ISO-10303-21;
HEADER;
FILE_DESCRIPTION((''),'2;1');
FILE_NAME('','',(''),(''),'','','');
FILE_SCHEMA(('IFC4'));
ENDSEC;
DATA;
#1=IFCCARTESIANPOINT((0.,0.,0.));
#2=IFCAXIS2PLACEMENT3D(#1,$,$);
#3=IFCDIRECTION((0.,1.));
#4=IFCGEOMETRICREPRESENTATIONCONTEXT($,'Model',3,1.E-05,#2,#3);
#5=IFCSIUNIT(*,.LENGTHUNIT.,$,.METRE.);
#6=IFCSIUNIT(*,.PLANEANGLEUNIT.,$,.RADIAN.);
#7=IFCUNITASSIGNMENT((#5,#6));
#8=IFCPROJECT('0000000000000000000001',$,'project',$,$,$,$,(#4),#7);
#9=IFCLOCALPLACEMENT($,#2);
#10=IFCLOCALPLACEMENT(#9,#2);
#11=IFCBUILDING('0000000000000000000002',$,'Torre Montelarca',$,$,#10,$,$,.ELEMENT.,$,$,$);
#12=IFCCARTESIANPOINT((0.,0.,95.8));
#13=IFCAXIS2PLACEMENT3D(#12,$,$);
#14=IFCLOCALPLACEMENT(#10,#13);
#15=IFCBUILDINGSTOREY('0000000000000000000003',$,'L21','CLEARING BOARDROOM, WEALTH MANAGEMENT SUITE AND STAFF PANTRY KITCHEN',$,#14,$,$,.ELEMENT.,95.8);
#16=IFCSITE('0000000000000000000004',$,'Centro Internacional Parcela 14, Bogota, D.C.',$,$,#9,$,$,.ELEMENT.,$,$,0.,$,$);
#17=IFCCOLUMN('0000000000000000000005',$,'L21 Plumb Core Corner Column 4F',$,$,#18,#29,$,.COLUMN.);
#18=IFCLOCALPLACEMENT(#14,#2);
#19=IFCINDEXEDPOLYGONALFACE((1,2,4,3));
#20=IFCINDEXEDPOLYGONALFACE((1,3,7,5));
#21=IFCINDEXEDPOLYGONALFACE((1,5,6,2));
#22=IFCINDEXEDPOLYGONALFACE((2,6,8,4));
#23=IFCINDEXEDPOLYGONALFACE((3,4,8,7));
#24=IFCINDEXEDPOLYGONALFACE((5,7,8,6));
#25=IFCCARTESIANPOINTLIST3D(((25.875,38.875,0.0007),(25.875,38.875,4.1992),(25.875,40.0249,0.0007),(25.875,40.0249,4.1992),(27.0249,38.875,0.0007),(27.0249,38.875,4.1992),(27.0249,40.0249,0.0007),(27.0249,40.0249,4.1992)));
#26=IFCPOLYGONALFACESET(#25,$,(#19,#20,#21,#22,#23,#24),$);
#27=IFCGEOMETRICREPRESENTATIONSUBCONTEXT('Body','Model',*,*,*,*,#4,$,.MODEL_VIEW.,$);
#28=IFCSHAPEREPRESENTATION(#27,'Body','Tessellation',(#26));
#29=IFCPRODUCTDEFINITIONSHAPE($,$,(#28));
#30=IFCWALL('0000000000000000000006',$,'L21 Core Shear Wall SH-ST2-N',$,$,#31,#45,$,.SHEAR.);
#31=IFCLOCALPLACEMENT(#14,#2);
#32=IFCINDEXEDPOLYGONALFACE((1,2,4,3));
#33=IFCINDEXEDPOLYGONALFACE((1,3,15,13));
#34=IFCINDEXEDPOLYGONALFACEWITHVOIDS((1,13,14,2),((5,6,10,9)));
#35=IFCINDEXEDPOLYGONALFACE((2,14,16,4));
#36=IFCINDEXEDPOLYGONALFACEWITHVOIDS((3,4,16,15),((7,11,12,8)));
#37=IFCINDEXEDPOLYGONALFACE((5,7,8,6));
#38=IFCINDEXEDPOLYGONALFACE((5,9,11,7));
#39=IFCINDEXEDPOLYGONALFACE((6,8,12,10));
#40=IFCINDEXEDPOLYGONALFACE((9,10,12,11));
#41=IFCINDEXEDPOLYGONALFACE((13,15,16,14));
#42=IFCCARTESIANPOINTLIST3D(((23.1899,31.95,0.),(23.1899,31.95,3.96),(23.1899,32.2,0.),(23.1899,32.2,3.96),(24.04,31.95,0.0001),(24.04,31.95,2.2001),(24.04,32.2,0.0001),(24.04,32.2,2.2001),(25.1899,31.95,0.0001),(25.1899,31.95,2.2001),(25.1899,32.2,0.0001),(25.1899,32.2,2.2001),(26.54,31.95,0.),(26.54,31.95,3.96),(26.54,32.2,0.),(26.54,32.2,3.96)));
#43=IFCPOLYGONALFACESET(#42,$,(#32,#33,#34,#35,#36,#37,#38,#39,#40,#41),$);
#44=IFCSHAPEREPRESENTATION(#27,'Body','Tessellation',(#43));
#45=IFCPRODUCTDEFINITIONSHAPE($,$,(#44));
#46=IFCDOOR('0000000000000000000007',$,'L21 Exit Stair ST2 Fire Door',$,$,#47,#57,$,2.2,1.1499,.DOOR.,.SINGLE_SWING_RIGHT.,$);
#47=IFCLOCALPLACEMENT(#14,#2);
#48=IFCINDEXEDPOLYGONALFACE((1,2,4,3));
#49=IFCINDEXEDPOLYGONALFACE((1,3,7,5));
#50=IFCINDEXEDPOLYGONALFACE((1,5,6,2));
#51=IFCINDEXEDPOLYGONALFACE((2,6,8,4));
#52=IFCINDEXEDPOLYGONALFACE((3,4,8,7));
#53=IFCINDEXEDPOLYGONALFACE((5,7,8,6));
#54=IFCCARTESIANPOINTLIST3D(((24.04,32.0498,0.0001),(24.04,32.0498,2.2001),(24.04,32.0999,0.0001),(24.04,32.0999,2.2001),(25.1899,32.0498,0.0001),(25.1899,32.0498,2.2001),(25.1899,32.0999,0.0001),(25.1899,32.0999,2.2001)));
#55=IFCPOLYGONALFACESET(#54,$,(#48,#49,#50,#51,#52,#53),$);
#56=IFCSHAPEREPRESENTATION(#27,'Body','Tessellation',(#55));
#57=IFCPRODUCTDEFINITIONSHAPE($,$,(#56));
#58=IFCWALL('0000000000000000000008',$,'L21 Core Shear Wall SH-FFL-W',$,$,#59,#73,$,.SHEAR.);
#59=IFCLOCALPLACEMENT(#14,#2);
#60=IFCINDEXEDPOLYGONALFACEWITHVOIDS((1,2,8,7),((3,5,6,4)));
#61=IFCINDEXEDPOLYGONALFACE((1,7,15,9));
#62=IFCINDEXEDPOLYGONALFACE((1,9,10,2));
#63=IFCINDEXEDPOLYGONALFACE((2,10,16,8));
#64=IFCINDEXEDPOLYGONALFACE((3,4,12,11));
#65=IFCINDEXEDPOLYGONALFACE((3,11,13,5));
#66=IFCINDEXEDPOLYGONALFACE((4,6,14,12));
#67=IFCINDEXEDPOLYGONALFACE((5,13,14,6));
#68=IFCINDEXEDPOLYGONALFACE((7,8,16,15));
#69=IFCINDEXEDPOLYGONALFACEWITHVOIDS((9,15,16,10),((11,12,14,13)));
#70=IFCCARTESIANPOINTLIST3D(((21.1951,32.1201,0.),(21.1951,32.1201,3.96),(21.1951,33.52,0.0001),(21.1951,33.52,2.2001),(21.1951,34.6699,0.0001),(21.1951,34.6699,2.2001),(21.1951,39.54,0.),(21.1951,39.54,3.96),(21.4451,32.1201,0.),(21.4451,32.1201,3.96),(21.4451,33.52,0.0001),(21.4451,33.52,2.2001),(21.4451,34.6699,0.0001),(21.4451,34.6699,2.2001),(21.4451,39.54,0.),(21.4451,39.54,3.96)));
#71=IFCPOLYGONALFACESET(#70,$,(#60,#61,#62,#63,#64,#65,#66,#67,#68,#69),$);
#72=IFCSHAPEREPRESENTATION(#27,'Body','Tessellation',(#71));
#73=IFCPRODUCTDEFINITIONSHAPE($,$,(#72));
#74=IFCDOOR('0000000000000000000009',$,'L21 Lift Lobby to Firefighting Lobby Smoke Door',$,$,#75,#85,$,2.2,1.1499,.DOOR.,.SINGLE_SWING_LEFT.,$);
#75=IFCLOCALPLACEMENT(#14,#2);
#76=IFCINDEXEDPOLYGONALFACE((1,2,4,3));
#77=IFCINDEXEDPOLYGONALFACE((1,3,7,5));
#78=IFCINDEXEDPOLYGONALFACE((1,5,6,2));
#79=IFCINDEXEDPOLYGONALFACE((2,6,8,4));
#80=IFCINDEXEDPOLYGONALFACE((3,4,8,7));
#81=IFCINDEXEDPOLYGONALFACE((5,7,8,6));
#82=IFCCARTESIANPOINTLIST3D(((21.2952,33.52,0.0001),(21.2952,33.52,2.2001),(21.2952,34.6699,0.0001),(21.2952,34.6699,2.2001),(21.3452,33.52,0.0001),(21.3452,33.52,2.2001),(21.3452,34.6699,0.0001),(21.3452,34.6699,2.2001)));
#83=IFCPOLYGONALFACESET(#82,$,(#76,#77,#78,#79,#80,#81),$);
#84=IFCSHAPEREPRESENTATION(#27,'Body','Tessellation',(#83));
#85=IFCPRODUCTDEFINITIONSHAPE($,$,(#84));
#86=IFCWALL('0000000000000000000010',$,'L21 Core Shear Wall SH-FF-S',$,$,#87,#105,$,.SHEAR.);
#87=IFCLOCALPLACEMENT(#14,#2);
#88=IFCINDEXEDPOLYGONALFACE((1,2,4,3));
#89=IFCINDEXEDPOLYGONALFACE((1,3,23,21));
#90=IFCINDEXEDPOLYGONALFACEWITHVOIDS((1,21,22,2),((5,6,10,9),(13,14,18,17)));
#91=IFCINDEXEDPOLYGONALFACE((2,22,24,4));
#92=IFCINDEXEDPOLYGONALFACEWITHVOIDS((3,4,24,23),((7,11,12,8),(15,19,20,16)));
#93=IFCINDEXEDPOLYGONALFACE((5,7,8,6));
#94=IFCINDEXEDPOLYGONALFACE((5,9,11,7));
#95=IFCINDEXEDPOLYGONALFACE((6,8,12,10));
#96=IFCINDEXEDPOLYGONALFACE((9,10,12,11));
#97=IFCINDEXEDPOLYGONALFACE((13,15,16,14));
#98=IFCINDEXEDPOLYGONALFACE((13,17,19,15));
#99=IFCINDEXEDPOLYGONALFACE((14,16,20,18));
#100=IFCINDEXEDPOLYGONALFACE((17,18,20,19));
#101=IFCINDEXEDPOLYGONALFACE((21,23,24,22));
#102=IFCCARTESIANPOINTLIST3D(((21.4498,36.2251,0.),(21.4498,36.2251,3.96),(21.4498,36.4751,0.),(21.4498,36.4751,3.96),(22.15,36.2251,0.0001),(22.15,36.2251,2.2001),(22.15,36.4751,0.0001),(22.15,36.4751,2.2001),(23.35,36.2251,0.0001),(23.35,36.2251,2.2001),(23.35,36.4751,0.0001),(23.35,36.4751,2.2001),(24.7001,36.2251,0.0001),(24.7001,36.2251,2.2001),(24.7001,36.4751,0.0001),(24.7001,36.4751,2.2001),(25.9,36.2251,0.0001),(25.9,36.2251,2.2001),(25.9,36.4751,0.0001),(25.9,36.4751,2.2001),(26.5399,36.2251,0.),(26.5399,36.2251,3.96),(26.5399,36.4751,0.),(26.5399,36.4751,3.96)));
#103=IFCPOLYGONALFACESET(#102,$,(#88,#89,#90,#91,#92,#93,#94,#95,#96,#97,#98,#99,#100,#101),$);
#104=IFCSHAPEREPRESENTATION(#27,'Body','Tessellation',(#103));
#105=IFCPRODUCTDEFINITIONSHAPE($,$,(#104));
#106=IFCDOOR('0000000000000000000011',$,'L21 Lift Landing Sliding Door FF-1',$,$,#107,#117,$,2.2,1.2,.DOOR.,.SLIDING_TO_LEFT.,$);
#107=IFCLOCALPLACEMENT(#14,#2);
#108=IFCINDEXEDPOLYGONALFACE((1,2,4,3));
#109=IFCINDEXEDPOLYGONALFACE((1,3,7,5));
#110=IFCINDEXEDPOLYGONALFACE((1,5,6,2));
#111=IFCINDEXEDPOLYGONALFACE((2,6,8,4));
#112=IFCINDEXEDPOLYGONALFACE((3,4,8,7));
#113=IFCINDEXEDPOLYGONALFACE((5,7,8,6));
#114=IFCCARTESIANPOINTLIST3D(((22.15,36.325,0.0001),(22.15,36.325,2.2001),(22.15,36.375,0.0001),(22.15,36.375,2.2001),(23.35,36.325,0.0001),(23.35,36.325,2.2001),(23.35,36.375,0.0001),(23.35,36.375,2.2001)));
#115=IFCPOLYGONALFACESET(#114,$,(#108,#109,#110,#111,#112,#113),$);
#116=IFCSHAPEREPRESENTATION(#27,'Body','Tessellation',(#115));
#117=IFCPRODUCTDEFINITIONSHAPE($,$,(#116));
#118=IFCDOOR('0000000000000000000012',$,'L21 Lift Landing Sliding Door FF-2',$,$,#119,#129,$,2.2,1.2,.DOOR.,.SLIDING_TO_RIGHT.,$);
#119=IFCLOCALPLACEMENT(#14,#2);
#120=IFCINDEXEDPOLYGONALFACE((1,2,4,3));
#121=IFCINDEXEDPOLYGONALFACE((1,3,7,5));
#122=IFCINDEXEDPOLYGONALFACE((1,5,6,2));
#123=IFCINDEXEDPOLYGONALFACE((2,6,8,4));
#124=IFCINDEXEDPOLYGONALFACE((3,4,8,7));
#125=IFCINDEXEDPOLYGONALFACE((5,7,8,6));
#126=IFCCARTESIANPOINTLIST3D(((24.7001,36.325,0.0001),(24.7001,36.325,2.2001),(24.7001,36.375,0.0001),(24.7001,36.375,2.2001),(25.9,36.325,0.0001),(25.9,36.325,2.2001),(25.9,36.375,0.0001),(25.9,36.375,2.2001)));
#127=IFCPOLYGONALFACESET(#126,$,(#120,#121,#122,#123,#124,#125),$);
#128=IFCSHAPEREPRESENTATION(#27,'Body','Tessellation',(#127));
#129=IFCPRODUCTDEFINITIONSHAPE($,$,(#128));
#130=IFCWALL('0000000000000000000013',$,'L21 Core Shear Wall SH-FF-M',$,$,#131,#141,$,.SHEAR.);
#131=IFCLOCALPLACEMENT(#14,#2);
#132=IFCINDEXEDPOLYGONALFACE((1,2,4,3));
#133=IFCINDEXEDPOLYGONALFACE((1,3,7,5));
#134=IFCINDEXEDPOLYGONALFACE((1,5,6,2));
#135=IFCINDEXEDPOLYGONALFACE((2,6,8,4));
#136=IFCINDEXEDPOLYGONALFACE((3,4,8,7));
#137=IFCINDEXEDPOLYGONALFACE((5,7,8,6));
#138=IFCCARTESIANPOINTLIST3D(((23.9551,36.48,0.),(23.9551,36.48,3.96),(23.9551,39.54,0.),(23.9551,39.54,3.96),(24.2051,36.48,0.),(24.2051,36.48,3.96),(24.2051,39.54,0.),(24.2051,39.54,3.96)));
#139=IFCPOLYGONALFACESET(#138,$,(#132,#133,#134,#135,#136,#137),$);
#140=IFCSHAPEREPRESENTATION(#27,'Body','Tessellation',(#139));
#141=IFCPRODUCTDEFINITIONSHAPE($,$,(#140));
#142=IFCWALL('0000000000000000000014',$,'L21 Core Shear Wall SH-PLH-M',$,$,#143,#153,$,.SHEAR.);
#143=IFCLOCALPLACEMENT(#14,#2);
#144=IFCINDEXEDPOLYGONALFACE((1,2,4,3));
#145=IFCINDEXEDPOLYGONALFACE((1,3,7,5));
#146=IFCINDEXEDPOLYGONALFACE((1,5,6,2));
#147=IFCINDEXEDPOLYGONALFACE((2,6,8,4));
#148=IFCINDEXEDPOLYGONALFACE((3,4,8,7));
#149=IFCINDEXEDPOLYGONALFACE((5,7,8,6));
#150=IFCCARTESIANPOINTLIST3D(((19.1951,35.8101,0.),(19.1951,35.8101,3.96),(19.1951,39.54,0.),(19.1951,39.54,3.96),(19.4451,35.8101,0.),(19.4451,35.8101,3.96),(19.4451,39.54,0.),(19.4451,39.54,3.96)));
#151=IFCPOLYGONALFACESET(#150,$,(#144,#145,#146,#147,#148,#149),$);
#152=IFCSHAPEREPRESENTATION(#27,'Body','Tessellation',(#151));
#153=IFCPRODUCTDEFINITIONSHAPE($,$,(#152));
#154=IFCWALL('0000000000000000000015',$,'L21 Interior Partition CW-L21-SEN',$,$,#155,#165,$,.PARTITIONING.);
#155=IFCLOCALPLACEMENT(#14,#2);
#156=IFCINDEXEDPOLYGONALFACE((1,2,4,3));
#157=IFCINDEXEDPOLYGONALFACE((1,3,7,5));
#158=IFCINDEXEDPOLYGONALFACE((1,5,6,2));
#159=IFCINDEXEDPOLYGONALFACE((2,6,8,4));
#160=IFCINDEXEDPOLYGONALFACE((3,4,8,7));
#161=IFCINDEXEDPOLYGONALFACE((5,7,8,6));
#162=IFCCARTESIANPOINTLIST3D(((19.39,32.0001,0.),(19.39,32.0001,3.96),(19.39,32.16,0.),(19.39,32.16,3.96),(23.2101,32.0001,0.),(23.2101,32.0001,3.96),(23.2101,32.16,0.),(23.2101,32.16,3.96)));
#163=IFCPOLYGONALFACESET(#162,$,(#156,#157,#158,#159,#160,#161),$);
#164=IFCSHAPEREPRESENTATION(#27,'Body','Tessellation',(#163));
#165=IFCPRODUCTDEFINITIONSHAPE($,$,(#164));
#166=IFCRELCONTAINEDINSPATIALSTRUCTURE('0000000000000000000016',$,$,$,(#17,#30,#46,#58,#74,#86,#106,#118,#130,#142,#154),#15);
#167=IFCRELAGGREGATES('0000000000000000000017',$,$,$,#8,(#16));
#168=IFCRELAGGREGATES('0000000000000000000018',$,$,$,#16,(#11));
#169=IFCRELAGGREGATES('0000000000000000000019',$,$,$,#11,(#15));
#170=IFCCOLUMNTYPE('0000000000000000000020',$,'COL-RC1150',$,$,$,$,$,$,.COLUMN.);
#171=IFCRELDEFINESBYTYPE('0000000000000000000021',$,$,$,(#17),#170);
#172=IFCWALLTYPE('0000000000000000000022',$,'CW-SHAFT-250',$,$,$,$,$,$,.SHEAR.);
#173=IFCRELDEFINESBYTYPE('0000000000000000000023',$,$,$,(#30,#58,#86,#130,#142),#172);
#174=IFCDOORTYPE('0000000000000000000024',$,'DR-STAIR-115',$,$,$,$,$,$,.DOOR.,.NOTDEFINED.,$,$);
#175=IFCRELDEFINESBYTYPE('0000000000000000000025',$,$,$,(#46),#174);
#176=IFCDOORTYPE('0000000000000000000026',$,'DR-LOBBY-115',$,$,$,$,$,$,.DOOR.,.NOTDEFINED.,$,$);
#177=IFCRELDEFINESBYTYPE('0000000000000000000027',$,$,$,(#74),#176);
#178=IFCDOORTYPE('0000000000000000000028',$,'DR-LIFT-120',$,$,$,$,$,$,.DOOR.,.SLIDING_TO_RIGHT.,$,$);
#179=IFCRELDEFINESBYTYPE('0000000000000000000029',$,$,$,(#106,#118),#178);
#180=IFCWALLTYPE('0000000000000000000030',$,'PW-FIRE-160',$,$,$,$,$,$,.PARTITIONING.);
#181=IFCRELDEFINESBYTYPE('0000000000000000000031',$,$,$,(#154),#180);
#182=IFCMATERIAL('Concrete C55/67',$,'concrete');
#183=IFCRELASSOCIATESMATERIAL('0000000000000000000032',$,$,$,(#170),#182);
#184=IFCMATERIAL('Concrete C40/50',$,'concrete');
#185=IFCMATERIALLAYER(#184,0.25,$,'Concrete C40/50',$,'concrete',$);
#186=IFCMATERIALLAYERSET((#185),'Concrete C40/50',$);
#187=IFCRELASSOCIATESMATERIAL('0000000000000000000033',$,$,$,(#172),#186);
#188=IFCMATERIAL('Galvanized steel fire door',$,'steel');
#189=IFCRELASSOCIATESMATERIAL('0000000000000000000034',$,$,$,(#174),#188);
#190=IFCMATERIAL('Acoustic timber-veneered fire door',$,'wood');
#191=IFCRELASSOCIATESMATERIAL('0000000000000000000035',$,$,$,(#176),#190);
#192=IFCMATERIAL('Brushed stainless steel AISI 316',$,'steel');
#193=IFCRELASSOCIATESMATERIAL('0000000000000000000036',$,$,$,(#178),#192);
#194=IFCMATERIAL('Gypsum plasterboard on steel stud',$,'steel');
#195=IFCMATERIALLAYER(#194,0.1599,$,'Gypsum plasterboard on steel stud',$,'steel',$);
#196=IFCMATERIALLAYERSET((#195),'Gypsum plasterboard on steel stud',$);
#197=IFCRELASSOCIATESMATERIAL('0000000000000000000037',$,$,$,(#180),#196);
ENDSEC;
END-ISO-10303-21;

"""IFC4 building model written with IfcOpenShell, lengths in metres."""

from ifc_helpers import new_model, si_unit, direction, frame, frame_2d, origin, origin_2d, place, context, subcontext, project, spatial, rectangle, extrude, source, transform, mapped, material, layer, layer_set, material_profile, profile_set, type_object, element, fill, save


model = new_model("IFC4")

# Units and contexts
model_context = context("Model", 3, precision=1e-05, world=origin(), true_north=direction((0.0, 1.0)))
body_context = subcontext(model_context, "Body", "Model", "MODEL_VIEW")
ifc_project = project(units=[si_unit("LENGTHUNIT", "METRE"), si_unit("PLANEANGLEUNIT", "RADIAN")], contexts=[model_context])

# Site, building, storey
site_placement = place(None, origin())
site = spatial("IfcSite", under=ifc_project, at=site_placement, Name="Centro Internacional Parcela 14, Bogota, D.C.", CompositionType="ELEMENT", RefElevation=0.0)
building_placement = place(site_placement, origin())
building = spatial("IfcBuilding", under=site, at=building_placement, Name="Torre Montelarca", CompositionType="ELEMENT")
storey_placement = place(building_placement, frame((0.0, 0.0, 95.8)))
storey = spatial("IfcBuildingStorey", under=building, at=storey_placement, Name="L21", Description="CLEARING BOARDROOM, WEALTH MANAGEMENT SUITE AND STAFF PANTRY KITCHEN", CompositionType="ELEMENT", Elevation=95.8)

# Column
ifc_material_1 = material(Name="Concrete C55/67", Category="concrete")
ifc_material_profile = material_profile(ifc_material_1, rectangle(XDim=1.1499, YDim=1.1499, at=origin_2d()), Name="RC1150X1150", Category="concrete")
ifc_profile_set = profile_set([ifc_material_profile], Name="Concrete C55/67")
column_type = type_object("IfcColumnType", Name="COL-RC1150", PredefinedType="COLUMN", material=ifc_profile_set)
shared_shape_1 = source(origin(), body_context, "Body", "SweptSolid", [
    extrude(rectangle(XDim=1.1499, YDim=1.1499, at=origin_2d()), origin(), (0.0, 0.0, 1.0), 4.1985),
])
column_placement = place(storey_placement, frame((26.45, 39.45, 0.0007), z_axis=(0.0, 0.0, 1.0), x_axis=(1.0, 0.0, 0.0)))
element("IfcColumn", 1, at=column_placement, inside=storey, type_object=column_type, Name="L21 Plumb Core Corner Column 4F", PredefinedType="COLUMN", context=body_context, shape_type="MappedRepresentation", body=[
    mapped(shared_shape_1, transform((0.0, 0.0, 0.0), scale=1.0)),
])

# Walls, openings, doors
ifc_material_2 = material(Name="Concrete C40/50", Category="concrete")
ifc_layer_1 = layer(ifc_material_2, 0.25, Name="Concrete C40/50", Category="concrete")
ifc_layer_set_1 = layer_set([ifc_layer_1], Name="Concrete C40/50")
wall_type_1 = type_object("IfcWallType", Name="CW-SHAFT-250", PredefinedType="SHEAR", material=ifc_layer_set_1)
wall_1_placement = place(storey_placement, frame((23.1899, 32.075, 0.0), z_axis=(0.0, 0.0, 1.0), x_axis=(1.0, 0.0, 0.0)))
wall_1 = element("IfcWall", 2, at=wall_1_placement, inside=storey, type_object=wall_type_1, Name="L21 Core Shear Wall SH-ST2-N", PredefinedType="SHEAR", context=body_context, shape_type="SweptSolid", body=[
    extrude(rectangle(XDim=3.3501, YDim=0.25, at=frame_2d((1.675, 0.0))), origin(), (0.0, 0.0, 1.0), 3.96),
])
opening_1_placement = place(wall_1_placement, frame((0.8501, 0.0, 0.0)))
opening_1 = element("IfcOpeningElement", 3, at=opening_1_placement, cuts=wall_1, PredefinedType="OPENING", context=body_context, shape_type="SweptSolid", body=[
    extrude(rectangle(XDim=1.1499, YDim=2.2, at=frame_2d((0.575, 1.1001))), frame((0.0, 0.135, 0.0), z_axis=(0.0, -1.0, 0.0), x_axis=(1.0, 0.0, 0.0)), (0.0, 0.0, 1.0), 0.27),
])
ifc_material_3 = material(Name="Galvanized steel fire door", Category="steel")
door_type_1 = type_object("IfcDoorType", Name="DR-STAIR-115", OperationType="NOTDEFINED", PredefinedType="DOOR", material=ifc_material_3)
shared_shape_2 = source(origin(), body_context, "Body", "SweptSolid", [
    extrude(rectangle(XDim=1.1499, YDim=2.2, at=frame_2d((0.575, 1.1001))), frame((0.0, 0.0249, 0.0), z_axis=(0.0, -1.0, 0.0), x_axis=(1.0, 0.0, 0.0)), (0.0, 0.0, 1.0), 0.05),
])
door_1_placement = place(opening_1_placement, origin())
door_1 = element("IfcDoor", 4, at=door_1_placement, inside=storey, type_object=door_type_1, Name="L21 Exit Stair ST2 Fire Door", OperationType="SINGLE_SWING_RIGHT", OverallHeight=2.2, OverallWidth=1.1499, PredefinedType="DOOR", context=body_context, shape_type="MappedRepresentation", body=[
    mapped(shared_shape_2, transform((0.0, 0.0, 0.0), scale=1.0)),
])
fill(opening_1, door_1)
wall_2_placement = place(storey_placement, frame((21.3201, 32.1201, 0.0), z_axis=(0.0, 0.0, 1.0), x_axis=(0.0, 1.0, 0.0)))
wall_2 = element("IfcWall", 5, at=wall_2_placement, inside=storey, type_object=wall_type_1, Name="L21 Core Shear Wall SH-FFL-W", PredefinedType="SHEAR", context=body_context, shape_type="SweptSolid", body=[
    extrude(rectangle(XDim=7.4199, YDim=0.25, at=frame_2d((3.71, 0.0))), origin(), (0.0, 0.0, 1.0), 3.96),
])
opening_2_placement = place(wall_2_placement, frame((1.3999, 0.0, 0.0)))
opening_2 = element("IfcOpeningElement", 6, at=opening_2_placement, cuts=wall_2, PredefinedType="OPENING", context=body_context, shape_type="SweptSolid", body=[
    extrude(rectangle(XDim=1.1499, YDim=2.2, at=frame_2d((0.575, 1.1001))), frame((0.0, 0.135, 0.0), z_axis=(0.0, -1.0, 0.0), x_axis=(1.0, 0.0, 0.0)), (0.0, 0.0, 1.0), 0.27),
])
ifc_material_4 = material(Name="Acoustic timber-veneered fire door", Category="wood")
door_type_2 = type_object("IfcDoorType", Name="DR-LOBBY-115", OperationType="NOTDEFINED", PredefinedType="DOOR", material=ifc_material_4)
shared_shape_3 = source(origin(), body_context, "Body", "SweptSolid", [
    extrude(rectangle(XDim=1.1499, YDim=2.2, at=frame_2d((0.575, 1.1001))), frame((0.0, 0.0249, 0.0), z_axis=(0.0, -1.0, 0.0), x_axis=(1.0, 0.0, 0.0)), (0.0, 0.0, 1.0), 0.05),
])
door_2_placement = place(opening_2_placement, origin())
door_2 = element("IfcDoor", 7, at=door_2_placement, inside=storey, type_object=door_type_2, Name="L21 Lift Lobby to Firefighting Lobby Smoke Door", OperationType="SINGLE_SWING_LEFT", OverallHeight=2.2, OverallWidth=1.1499, PredefinedType="DOOR", context=body_context, shape_type="MappedRepresentation", body=[
    mapped(shared_shape_3, transform((0.0, 0.0, 0.0), scale=1.0)),
])
fill(opening_2, door_2)

# Wall, openings, doors
wall_3_placement = place(storey_placement, frame((21.45, 36.3501, 0.0), z_axis=(0.0, 0.0, 1.0), x_axis=(1.0, 0.0, 0.0)))
wall_3 = element("IfcWall", 8, at=wall_3_placement, inside=storey, type_object=wall_type_1, Name="L21 Core Shear Wall SH-FF-S", PredefinedType="SHEAR", context=body_context, shape_type="SweptSolid", body=[
    extrude(rectangle(XDim=5.0901, YDim=0.25, at=frame_2d((2.5449, 0.0))), origin(), (0.0, 0.0, 1.0), 3.96),
])
opening_3_placement = place(wall_3_placement, frame((0.7, 0.0, 0.0)))
opening_3 = element("IfcOpeningElement", 9, at=opening_3_placement, cuts=wall_3, PredefinedType="OPENING", context=body_context, shape_type="SweptSolid", body=[
    extrude(rectangle(XDim=1.2, YDim=2.2, at=frame_2d((0.6001, 1.1001))), frame((0.0, 0.135, 0.0), z_axis=(0.0, -1.0, 0.0), x_axis=(1.0, 0.0, 0.0)), (0.0, 0.0, 1.0), 0.27),
])
opening_4_placement = place(wall_3_placement, frame((3.25, 0.0, 0.0)))
opening_4 = element("IfcOpeningElement", 10, at=opening_4_placement, cuts=wall_3, PredefinedType="OPENING", context=body_context, shape_type="SweptSolid", body=[
    extrude(rectangle(XDim=1.2, YDim=2.2, at=frame_2d((0.6001, 1.1001))), frame((0.0, 0.135, 0.0), z_axis=(0.0, -1.0, 0.0), x_axis=(1.0, 0.0, 0.0)), (0.0, 0.0, 1.0), 0.27),
])
ifc_material_5 = material(Name="Brushed stainless steel AISI 316", Category="steel")
door_type_3 = type_object("IfcDoorType", Name="DR-LIFT-120", OperationType="SLIDING_TO_RIGHT", PredefinedType="DOOR", material=ifc_material_5)
shared_shape_4 = source(origin(), body_context, "Body", "SweptSolid", [
    extrude(rectangle(XDim=1.2, YDim=2.2, at=frame_2d((0.6001, 1.1001))), frame((0.0, 0.0249, 0.0), z_axis=(0.0, -1.0, 0.0), x_axis=(1.0, 0.0, 0.0)), (0.0, 0.0, 1.0), 0.05),
])
door_3_placement = place(opening_3_placement, origin())
door_3 = element("IfcDoor", 11, at=door_3_placement, inside=storey, type_object=door_type_3, Name="L21 Lift Landing Sliding Door FF-1", OperationType="SLIDING_TO_LEFT", OverallHeight=2.2, OverallWidth=1.2, PredefinedType="DOOR", context=body_context, shape_type="MappedRepresentation", body=[
    mapped(shared_shape_4, transform((0.0, 0.0, 0.0), scale=1.0)),
])
fill(opening_3, door_3)
door_4_placement = place(opening_4_placement, origin())
door_4 = element("IfcDoor", 12, at=door_4_placement, inside=storey, type_object=door_type_3, Name="L21 Lift Landing Sliding Door FF-2", OperationType="SLIDING_TO_RIGHT", OverallHeight=2.2, OverallWidth=1.2, PredefinedType="DOOR", context=body_context, shape_type="MappedRepresentation", body=[
    mapped(shared_shape_4, transform((0.0, 0.0, 0.0), scale=1.0)),
])
fill(opening_4, door_4)

# Walls
wall_4_placement = place(storey_placement, frame((24.0801, 36.48, 0.0), z_axis=(0.0, 0.0, 1.0), x_axis=(0.0, 1.0, 0.0)))
element("IfcWall", 13, at=wall_4_placement, inside=storey, type_object=wall_type_1, Name="L21 Core Shear Wall SH-FF-M", PredefinedType="SHEAR", context=body_context, shape_type="SweptSolid", body=[
    extrude(rectangle(XDim=3.0601, YDim=0.25, at=frame_2d((1.53, 0.0))), origin(), (0.0, 0.0, 1.0), 3.96),
])
wall_5_placement = place(storey_placement, frame((19.3201, 35.8101, 0.0), z_axis=(0.0, 0.0, 1.0), x_axis=(0.0, 1.0, 0.0)))
element("IfcWall", 14, at=wall_5_placement, inside=storey, type_object=wall_type_1, Name="L21 Core Shear Wall SH-PLH-M", PredefinedType="SHEAR", context=body_context, shape_type="SweptSolid", body=[
    extrude(rectangle(XDim=3.73, YDim=0.25, at=frame_2d((1.865, 0.0))), origin(), (0.0, 0.0, 1.0), 3.96),
])
ifc_material_6 = material(Name="Gypsum plasterboard on steel stud", Category="steel")
ifc_layer_2 = layer(ifc_material_6, 0.1599, Name="Gypsum plasterboard on steel stud", Category="steel")
ifc_layer_set_2 = layer_set([ifc_layer_2], Name="Gypsum plasterboard on steel stud")
wall_type_2 = type_object("IfcWallType", Name="PW-FIRE-160", PredefinedType="PARTITIONING", material=ifc_layer_set_2)
wall_6_placement = place(storey_placement, frame((19.3899, 32.0801, 0.0), z_axis=(0.0, 0.0, 1.0), x_axis=(1.0, 0.0, 0.0)))
element("IfcWall", 15, at=wall_6_placement, inside=storey, type_object=wall_type_2, Name="L21 Interior Partition CW-L21-SEN", PredefinedType="PARTITIONING", context=body_context, shape_type="SweptSolid", body=[
    extrude(rectangle(XDim=3.8201, YDim=0.1599, at=frame_2d((1.9102, 0.0))), origin(), (0.0, 0.0, 1.0), 3.96),
])

save(model, "model.ifc")
